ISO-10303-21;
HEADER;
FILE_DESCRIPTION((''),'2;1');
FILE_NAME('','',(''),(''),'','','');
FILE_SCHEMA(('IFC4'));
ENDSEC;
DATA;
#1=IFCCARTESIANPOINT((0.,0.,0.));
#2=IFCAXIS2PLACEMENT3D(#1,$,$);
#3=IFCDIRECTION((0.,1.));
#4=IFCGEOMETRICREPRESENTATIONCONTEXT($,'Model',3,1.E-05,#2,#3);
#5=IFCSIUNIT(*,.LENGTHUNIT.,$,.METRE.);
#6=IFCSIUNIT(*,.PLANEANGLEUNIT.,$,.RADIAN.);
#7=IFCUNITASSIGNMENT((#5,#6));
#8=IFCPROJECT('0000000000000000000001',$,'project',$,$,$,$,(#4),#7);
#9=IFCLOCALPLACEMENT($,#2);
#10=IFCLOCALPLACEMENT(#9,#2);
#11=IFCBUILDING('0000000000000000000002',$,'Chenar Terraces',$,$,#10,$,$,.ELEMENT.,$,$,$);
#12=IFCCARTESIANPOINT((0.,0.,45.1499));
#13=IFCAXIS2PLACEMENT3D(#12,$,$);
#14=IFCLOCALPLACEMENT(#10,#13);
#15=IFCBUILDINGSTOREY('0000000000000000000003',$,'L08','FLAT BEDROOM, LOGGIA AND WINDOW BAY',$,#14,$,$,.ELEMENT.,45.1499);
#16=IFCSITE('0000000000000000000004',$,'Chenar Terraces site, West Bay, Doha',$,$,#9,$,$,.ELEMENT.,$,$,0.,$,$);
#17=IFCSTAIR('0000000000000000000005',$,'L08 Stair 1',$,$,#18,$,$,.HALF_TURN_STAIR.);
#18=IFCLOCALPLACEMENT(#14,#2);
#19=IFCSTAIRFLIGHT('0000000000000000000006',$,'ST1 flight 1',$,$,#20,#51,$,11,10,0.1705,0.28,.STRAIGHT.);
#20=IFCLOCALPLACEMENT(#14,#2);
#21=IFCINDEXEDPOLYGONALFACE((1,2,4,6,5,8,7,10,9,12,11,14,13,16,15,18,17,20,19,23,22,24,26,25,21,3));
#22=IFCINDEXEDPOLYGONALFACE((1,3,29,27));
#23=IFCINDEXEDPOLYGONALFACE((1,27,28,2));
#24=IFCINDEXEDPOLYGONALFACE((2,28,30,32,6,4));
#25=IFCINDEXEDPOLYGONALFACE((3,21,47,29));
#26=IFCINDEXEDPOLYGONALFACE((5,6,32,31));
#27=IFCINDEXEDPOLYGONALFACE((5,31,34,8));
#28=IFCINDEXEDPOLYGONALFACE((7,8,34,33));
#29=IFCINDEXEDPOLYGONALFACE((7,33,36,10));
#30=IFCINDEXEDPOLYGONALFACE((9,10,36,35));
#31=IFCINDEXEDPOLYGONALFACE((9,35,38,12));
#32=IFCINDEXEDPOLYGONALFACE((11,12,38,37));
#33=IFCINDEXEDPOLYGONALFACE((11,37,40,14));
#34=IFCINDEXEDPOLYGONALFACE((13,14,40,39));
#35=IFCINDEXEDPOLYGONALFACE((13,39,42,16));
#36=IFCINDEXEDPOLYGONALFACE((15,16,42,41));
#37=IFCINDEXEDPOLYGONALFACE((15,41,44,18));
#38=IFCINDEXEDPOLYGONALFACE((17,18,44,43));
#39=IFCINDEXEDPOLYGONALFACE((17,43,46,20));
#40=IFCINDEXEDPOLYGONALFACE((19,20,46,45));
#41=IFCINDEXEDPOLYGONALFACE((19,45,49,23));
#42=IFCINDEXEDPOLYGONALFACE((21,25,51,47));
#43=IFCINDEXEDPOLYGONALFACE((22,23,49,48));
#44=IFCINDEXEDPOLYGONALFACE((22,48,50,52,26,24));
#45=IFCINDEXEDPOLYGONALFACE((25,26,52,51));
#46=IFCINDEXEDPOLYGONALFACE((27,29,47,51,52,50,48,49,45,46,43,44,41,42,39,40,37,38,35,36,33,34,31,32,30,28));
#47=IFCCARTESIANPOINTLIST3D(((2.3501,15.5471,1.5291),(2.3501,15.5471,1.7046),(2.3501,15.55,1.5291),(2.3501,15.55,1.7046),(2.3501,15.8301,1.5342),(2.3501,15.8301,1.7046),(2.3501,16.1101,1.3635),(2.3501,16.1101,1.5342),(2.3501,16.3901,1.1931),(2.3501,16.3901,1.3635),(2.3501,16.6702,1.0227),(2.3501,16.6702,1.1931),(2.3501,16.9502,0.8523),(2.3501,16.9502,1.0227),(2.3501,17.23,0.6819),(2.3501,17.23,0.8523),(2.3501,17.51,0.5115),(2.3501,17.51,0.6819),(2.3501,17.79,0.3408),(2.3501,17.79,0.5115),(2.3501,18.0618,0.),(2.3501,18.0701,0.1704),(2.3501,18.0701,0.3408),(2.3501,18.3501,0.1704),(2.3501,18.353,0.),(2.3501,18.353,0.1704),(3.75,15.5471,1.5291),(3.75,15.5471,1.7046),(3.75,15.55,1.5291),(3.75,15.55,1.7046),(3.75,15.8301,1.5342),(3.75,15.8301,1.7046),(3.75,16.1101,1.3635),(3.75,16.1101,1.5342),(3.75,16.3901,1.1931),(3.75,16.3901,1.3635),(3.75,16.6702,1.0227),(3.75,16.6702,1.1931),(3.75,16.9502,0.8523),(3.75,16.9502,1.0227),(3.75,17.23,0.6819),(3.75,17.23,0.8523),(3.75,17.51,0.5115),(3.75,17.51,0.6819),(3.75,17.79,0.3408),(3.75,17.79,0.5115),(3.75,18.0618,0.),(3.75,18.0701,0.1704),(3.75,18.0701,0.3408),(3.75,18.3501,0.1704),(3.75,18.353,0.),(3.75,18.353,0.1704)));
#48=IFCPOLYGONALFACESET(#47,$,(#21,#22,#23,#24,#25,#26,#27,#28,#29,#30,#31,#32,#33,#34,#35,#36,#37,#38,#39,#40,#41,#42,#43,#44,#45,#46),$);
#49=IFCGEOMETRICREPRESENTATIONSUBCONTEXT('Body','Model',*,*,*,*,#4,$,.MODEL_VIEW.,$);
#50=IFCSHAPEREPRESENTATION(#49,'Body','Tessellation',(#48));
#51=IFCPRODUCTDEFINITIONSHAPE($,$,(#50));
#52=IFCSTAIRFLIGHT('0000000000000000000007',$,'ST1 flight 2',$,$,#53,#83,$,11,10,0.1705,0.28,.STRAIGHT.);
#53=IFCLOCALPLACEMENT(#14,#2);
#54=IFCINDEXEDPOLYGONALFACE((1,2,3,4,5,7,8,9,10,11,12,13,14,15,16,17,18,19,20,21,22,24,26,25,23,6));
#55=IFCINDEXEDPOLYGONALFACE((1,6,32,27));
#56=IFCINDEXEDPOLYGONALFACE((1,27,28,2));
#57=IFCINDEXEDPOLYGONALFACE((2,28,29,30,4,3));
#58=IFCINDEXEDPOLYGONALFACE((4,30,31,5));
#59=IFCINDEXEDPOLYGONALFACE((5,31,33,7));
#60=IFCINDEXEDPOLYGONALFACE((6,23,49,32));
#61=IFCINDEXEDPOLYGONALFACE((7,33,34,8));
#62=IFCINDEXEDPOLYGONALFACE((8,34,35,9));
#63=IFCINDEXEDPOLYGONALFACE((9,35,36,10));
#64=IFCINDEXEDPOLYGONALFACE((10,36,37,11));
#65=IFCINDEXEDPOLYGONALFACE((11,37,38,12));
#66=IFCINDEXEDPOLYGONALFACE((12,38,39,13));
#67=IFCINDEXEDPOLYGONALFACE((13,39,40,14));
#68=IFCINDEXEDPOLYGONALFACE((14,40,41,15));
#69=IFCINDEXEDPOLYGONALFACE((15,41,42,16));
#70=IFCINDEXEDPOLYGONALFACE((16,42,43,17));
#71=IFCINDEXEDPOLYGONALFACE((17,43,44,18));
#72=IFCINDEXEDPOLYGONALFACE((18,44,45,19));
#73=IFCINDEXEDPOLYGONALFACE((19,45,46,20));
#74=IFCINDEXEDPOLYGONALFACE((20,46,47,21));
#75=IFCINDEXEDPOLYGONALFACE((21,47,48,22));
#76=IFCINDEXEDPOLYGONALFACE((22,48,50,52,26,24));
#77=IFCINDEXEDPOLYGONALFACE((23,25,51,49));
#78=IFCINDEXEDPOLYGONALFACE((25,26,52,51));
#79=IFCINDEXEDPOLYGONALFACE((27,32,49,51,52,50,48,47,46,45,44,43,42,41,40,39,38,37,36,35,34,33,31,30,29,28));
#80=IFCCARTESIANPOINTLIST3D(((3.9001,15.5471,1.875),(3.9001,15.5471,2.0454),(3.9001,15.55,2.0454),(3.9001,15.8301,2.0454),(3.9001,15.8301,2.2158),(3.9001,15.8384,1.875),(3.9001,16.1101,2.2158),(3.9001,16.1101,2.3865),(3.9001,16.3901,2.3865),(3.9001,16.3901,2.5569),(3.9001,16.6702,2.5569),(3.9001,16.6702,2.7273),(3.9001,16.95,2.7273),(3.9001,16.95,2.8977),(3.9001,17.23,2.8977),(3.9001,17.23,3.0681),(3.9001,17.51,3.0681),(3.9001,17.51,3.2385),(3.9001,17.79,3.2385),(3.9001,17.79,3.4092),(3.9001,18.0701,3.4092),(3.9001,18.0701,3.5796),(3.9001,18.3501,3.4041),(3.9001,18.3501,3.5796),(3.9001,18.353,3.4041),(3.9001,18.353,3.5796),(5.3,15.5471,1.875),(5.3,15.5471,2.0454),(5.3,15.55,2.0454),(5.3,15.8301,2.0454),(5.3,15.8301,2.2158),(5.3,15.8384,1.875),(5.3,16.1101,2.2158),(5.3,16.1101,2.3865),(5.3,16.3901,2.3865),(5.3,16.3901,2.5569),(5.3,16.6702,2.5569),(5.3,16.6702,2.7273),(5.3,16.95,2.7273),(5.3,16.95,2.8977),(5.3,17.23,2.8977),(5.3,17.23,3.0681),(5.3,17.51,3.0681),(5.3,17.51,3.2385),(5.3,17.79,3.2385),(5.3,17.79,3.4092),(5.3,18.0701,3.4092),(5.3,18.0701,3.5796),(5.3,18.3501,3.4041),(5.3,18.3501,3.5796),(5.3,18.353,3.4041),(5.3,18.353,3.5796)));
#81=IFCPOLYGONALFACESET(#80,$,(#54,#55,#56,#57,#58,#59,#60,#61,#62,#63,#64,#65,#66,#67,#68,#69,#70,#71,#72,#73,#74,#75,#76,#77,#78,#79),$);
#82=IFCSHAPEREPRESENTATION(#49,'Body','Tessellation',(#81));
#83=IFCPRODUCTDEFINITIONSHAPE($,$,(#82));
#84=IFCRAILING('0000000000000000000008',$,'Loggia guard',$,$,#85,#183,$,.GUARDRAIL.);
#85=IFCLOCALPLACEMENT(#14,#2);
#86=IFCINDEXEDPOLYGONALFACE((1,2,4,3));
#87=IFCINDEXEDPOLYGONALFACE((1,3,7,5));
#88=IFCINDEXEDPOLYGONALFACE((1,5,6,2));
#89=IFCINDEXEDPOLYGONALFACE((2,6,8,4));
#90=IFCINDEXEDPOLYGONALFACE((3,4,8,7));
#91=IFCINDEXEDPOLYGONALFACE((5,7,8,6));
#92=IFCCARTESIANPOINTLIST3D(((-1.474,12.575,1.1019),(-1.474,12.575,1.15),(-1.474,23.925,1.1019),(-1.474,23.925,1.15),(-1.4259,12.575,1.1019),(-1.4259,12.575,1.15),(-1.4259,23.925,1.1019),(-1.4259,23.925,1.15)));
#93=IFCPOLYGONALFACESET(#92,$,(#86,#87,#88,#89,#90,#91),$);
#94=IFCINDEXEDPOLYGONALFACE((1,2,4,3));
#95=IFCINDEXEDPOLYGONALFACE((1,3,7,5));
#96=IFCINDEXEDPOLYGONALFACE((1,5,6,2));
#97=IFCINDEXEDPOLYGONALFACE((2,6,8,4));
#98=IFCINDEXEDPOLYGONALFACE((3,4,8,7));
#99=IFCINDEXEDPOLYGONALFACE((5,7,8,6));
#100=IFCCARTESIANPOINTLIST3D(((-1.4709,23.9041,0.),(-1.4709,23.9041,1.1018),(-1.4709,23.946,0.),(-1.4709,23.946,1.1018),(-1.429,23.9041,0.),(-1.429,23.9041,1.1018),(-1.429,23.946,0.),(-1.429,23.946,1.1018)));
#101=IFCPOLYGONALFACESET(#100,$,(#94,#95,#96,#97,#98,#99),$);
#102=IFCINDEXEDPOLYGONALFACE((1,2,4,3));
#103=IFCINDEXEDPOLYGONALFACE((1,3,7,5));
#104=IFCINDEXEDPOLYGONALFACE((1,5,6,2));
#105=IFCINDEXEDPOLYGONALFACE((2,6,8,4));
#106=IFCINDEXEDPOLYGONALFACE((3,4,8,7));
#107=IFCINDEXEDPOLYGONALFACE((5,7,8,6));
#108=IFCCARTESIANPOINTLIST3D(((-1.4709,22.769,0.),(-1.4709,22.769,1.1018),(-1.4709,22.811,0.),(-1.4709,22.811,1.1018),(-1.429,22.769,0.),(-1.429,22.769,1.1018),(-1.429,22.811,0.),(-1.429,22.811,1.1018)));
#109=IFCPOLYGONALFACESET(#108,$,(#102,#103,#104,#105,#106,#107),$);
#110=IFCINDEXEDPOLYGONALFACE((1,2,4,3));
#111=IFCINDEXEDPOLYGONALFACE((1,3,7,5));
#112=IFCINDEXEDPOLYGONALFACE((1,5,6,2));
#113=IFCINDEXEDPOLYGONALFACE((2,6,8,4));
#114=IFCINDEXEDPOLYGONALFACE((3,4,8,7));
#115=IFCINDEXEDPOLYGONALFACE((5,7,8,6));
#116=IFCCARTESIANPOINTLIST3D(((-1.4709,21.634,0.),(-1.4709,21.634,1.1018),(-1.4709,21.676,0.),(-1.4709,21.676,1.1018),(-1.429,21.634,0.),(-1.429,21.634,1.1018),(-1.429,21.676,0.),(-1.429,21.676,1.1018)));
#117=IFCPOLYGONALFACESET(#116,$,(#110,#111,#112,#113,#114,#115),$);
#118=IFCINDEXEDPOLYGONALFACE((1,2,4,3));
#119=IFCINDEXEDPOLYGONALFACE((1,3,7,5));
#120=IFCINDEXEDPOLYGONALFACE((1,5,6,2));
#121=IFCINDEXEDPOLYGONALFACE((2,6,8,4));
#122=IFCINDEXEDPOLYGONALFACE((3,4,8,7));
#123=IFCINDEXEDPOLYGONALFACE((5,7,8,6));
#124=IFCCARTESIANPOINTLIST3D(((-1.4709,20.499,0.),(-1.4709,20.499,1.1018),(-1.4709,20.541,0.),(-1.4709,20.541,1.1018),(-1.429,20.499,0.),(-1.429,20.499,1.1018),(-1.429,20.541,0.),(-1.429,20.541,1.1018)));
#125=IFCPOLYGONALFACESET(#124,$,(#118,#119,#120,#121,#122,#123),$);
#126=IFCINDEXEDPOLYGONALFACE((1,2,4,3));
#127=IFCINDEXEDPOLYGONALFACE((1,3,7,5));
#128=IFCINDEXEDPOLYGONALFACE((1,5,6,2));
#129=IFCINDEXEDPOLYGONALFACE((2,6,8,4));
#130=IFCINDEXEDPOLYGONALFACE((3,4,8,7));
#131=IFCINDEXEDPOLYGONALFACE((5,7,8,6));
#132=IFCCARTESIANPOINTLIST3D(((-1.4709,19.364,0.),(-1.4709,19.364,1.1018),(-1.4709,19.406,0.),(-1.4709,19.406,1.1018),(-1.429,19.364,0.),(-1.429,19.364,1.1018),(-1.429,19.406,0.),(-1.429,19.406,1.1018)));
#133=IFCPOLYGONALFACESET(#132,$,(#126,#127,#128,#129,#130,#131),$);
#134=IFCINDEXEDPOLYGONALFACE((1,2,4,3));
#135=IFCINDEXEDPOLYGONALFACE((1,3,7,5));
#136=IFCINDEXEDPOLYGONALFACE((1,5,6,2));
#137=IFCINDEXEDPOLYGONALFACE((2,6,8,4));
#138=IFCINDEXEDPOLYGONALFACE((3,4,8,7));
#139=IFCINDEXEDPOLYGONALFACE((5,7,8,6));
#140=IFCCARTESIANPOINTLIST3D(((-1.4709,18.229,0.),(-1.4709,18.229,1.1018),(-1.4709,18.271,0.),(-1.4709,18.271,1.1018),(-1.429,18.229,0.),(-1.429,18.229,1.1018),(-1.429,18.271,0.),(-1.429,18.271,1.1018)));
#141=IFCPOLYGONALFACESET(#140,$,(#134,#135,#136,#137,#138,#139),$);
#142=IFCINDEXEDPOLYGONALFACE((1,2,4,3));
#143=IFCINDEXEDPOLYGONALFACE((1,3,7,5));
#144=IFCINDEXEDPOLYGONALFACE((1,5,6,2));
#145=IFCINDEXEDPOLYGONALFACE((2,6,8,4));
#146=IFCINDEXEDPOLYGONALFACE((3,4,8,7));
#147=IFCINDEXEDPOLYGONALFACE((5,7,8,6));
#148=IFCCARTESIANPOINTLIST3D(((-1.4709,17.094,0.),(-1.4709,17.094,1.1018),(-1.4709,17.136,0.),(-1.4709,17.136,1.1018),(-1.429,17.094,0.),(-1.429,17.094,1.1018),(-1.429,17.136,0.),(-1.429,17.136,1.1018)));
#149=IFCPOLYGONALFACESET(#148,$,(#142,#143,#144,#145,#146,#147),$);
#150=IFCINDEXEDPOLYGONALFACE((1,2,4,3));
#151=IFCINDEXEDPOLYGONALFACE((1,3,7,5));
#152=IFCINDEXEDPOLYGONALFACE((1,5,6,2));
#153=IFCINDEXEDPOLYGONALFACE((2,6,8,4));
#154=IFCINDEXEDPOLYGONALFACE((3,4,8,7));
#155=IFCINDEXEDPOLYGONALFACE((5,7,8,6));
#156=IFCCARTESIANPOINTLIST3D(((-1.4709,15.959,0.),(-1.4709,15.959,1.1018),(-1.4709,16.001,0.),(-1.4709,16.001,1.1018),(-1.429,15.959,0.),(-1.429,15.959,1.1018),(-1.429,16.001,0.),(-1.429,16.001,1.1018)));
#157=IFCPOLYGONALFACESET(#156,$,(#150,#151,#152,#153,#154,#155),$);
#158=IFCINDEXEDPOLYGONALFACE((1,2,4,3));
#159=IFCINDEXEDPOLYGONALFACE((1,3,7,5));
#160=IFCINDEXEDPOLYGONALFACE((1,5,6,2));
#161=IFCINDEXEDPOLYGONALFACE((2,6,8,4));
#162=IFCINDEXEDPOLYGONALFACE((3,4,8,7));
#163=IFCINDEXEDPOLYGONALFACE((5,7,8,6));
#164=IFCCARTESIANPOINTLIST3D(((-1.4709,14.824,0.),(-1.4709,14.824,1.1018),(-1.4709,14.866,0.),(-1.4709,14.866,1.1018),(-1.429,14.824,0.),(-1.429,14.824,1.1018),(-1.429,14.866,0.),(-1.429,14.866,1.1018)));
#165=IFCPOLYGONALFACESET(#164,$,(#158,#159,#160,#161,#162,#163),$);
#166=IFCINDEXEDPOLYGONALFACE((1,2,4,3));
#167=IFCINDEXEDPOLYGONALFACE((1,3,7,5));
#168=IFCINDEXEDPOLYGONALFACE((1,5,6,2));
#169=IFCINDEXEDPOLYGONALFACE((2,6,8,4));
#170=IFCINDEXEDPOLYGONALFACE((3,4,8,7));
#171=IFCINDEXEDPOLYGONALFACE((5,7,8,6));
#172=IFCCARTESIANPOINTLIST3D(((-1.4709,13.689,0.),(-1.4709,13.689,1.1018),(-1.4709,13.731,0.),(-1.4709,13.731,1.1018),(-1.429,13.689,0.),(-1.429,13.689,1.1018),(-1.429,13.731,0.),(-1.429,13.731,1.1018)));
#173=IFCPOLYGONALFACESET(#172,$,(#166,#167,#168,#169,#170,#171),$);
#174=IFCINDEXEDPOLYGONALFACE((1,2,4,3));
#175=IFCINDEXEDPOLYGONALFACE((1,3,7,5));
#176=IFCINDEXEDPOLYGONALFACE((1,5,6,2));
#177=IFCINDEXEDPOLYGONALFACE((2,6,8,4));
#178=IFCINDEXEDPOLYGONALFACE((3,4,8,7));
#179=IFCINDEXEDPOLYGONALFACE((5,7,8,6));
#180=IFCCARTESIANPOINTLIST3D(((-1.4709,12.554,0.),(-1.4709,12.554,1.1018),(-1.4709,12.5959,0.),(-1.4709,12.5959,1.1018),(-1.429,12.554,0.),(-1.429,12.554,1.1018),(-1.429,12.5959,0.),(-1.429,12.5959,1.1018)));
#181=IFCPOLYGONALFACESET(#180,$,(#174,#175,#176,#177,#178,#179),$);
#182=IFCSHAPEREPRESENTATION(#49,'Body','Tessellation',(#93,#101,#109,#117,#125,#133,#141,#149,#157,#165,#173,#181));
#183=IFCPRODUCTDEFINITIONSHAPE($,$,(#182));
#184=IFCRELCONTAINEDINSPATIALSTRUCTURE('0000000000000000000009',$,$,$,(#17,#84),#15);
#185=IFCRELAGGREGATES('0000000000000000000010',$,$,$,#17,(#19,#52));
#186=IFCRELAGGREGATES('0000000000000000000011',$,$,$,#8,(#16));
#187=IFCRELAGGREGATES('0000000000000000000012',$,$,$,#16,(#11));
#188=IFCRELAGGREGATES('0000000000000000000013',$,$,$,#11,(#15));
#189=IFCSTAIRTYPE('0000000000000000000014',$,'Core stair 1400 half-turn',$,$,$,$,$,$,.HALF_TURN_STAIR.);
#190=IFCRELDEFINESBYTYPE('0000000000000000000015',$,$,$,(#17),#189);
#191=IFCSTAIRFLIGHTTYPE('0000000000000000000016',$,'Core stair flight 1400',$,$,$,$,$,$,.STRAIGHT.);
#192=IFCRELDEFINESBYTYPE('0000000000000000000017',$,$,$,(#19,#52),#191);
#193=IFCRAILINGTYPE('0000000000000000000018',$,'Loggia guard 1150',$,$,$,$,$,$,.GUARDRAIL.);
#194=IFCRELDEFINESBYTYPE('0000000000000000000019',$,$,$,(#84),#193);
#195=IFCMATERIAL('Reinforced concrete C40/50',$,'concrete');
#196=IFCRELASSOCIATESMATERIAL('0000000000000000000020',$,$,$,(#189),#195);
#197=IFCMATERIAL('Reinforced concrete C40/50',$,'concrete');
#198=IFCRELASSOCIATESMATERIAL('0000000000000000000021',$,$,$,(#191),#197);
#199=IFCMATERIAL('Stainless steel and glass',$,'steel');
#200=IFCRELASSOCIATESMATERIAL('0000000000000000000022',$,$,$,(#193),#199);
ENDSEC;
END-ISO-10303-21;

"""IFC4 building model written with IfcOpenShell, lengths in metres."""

from ifc_helpers import new_model, si_unit, direction, frame, origin, origin_2d, place, context, subcontext, project, spatial, polyline, rectangle, outline, extrude, material, type_object, element, aggregate, save


model = new_model("IFC4")

# Units and contexts
model_context = context("Model", 3, precision=1e-05, world=origin(), true_north=direction((0.0, 1.0)))
body_context = subcontext(model_context, "Body", "Model", "MODEL_VIEW")
ifc_project = project(units=[si_unit("LENGTHUNIT", "METRE"), si_unit("PLANEANGLEUNIT", "RADIAN")], contexts=[model_context])

# Site, building, storey
site_placement = place(None, origin())
site = spatial("IfcSite", under=ifc_project, at=site_placement, Name="Chenar Terraces site, West Bay, Doha", CompositionType="ELEMENT", RefElevation=0.0)
building_placement = place(site_placement, origin())
building = spatial("IfcBuilding", under=site, at=building_placement, Name="Chenar Terraces", CompositionType="ELEMENT")
storey_placement = place(building_placement, frame((0.0, 0.0, 45.1499)))
storey = spatial("IfcBuildingStorey", under=building, at=storey_placement, Name="L08", Description="FLAT BEDROOM, LOGGIA AND WINDOW BAY", CompositionType="ELEMENT", Elevation=45.1499)

# Stair, stair flights
ifc_material_1 = material(Name="Reinforced concrete C40/50", Category="concrete")
stair_type = type_object("IfcStairType", Name="Core stair 1400 half-turn", PredefinedType="HALF_TURN_STAIR", material=ifc_material_1)
stair_placement = place(storey_placement, origin())
stair = element("IfcStair", 1, at=stair_placement, inside=storey, type_object=stair_type, Name="L08 Stair 1", PredefinedType="HALF_TURN_STAIR")
ifc_material_2 = material(Name="Reinforced concrete C40/50", Category="concrete")
stair_flight_type = type_object("IfcStairFlightType", Name="Core stair flight 1400", PredefinedType="STRAIGHT", material=ifc_material_2)
stair_flight_1_placement = place(storey_placement, frame((3.05, 18.3501, 0.0), z_axis=(0.0, 0.0, 1.0), x_axis=(0.0, -1.0, 0.0)))
stair_flight_1 = element("IfcStairFlight", 2, at=stair_flight_1_placement, type_object=stair_flight_type, Name="ST1 flight 1", NumberOfRisers=11, NumberOfTreads=10, PredefinedType="STRAIGHT", RiserHeight=0.1705, TreadLength=0.28, context=body_context, shape_type="SweptSolid", body=[
    extrude(outline(polyline([(-0.0029, 0.0), (-0.0029, 0.1704), (0.0, 0.1704), (0.28, 0.1704), (0.28, 0.3408), (0.5601, 0.3408), (0.5601, 0.5115), (0.8401, 0.5115), (0.8401, 0.6819), (1.1201, 0.6819), (1.1201, 0.8523), (1.3999, 0.8523), (1.3999, 1.0227), (1.6799, 1.0227), (1.6799, 1.1931), (1.96, 1.1931), (1.96, 1.3635), (2.24, 1.3635), (2.24, 1.5342), (2.52, 1.5342), (2.52, 1.7046), (2.8, 1.7046), (2.803, 1.7046), (2.803, 1.5291), (2.8, 1.5291), (0.2883, 0.0), (-0.0029, 0.0)])), frame((0.0, 0.7, 0.0), z_axis=(0.0, -1.0, 0.0), x_axis=(1.0, 0.0, 0.0)), (0.0, 0.0, 1.0), 1.3999),
])
stair_flight_2_placement = place(storey_placement, frame((4.6001, 15.55, 1.875), z_axis=(0.0, 0.0, 1.0), x_axis=(0.0, 1.0, 0.0)))
stair_flight_2 = element("IfcStairFlight", 3, at=stair_flight_2_placement, type_object=stair_flight_type, Name="ST1 flight 2", NumberOfRisers=11, NumberOfTreads=10, PredefinedType="STRAIGHT", RiserHeight=0.1705, TreadLength=0.28, context=body_context, shape_type="SweptSolid", body=[
    extrude(outline(polyline([(-0.0029, 0.0), (-0.0029, 0.1704), (0.0, 0.1704), (0.28, 0.1704), (0.28, 0.3408), (0.5601, 0.3408), (0.5601, 0.5115), (0.8401, 0.5115), (0.8401, 0.6819), (1.1201, 0.6819), (1.1201, 0.8523), (1.3999, 0.8523), (1.3999, 1.0227), (1.6799, 1.0227), (1.6799, 1.1931), (1.96, 1.1931), (1.96, 1.3635), (2.24, 1.3635), (2.24, 1.5342), (2.52, 1.5342), (2.52, 1.7046), (2.8, 1.7046), (2.803, 1.7046), (2.803, 1.5291), (2.8, 1.5291), (0.2883, 0.0), (-0.0029, 0.0)])), frame((0.0, 0.7, 0.0), z_axis=(0.0, -1.0, 0.0), x_axis=(1.0, 0.0, 0.0)), (0.0, 0.0, 1.0), 1.3999),
])
aggregate(stair, [stair_flight_1, stair_flight_2])

# Railing
ifc_material_3 = material(Name="Stainless steel and glass", Category="steel")
railing_type_1 = type_object("IfcRailingType", Name="Loggia guard 1150", PredefinedType="GUARDRAIL", material=ifc_material_3)
railing_1_placement = place(storey_placement, frame((-1.45, 23.925, 0.0)))
element("IfcRailing", 4, at=railing_1_placement, inside=storey, type_object=railing_type_1, Name="Loggia guard", PredefinedType="GUARDRAIL", context=body_context, shape_type="SweptSolid", body=[
    extrude(rectangle(XDim=0.0481, YDim=0.0481, at=origin_2d()), frame((0.0, 0.0, 1.126), z_axis=(0.0, -1.0, 0.0), x_axis=(1.0, 0.0, 0.0)), (0.0, 0.0, 1.0), 11.3501),
    extrude(rectangle(XDim=0.042, YDim=0.042, at=origin_2d()), origin(), (0.0, 0.0, 1.0), 1.1018),
    extrude(rectangle(XDim=0.042, YDim=0.042, at=origin_2d()), frame((0.0, -1.135, 0.0)), (0.0, 0.0, 1.0), 1.1018),
    extrude(rectangle(XDim=0.042, YDim=0.042, at=origin_2d()), frame((0.0, -2.27, 0.0)), (0.0, 0.0, 1.0), 1.1018),
    extrude(rectangle(XDim=0.042, YDim=0.042, at=origin_2d()), frame((0.0, -3.405, 0.0)), (0.0, 0.0, 1.0), 1.1018),
    extrude(rectangle(XDim=0.042, YDim=0.042, at=origin_2d()), frame((0.0, -4.54, 0.0)), (0.0, 0.0, 1.0), 1.1018),
    extrude(rectangle(XDim=0.042, YDim=0.042, at=origin_2d()), frame((0.0, -5.675, 0.0)), (0.0, 0.0, 1.0), 1.1018),
    extrude(rectangle(XDim=0.042, YDim=0.042, at=origin_2d()), frame((0.0, -6.8101, 0.0)), (0.0, 0.0, 1.0), 1.1018),
    extrude(rectangle(XDim=0.042, YDim=0.042, at=origin_2d()), frame((0.0, -7.9451, 0.0)), (0.0, 0.0, 1.0), 1.1018),
    extrude(rectangle(XDim=0.042, YDim=0.042, at=origin_2d()), frame((0.0, -9.0801, 0.0)), (0.0, 0.0, 1.0), 1.1018),
    extrude(rectangle(XDim=0.042, YDim=0.042, at=origin_2d()), frame((0.0, -10.2151, 0.0)), (0.0, 0.0, 1.0), 1.1018),
    extrude(rectangle(XDim=0.042, YDim=0.042, at=origin_2d()), frame((0.0, -11.3501, 0.0)), (0.0, 0.0, 1.0), 1.1018),
])

save(model, "model.ifc")
